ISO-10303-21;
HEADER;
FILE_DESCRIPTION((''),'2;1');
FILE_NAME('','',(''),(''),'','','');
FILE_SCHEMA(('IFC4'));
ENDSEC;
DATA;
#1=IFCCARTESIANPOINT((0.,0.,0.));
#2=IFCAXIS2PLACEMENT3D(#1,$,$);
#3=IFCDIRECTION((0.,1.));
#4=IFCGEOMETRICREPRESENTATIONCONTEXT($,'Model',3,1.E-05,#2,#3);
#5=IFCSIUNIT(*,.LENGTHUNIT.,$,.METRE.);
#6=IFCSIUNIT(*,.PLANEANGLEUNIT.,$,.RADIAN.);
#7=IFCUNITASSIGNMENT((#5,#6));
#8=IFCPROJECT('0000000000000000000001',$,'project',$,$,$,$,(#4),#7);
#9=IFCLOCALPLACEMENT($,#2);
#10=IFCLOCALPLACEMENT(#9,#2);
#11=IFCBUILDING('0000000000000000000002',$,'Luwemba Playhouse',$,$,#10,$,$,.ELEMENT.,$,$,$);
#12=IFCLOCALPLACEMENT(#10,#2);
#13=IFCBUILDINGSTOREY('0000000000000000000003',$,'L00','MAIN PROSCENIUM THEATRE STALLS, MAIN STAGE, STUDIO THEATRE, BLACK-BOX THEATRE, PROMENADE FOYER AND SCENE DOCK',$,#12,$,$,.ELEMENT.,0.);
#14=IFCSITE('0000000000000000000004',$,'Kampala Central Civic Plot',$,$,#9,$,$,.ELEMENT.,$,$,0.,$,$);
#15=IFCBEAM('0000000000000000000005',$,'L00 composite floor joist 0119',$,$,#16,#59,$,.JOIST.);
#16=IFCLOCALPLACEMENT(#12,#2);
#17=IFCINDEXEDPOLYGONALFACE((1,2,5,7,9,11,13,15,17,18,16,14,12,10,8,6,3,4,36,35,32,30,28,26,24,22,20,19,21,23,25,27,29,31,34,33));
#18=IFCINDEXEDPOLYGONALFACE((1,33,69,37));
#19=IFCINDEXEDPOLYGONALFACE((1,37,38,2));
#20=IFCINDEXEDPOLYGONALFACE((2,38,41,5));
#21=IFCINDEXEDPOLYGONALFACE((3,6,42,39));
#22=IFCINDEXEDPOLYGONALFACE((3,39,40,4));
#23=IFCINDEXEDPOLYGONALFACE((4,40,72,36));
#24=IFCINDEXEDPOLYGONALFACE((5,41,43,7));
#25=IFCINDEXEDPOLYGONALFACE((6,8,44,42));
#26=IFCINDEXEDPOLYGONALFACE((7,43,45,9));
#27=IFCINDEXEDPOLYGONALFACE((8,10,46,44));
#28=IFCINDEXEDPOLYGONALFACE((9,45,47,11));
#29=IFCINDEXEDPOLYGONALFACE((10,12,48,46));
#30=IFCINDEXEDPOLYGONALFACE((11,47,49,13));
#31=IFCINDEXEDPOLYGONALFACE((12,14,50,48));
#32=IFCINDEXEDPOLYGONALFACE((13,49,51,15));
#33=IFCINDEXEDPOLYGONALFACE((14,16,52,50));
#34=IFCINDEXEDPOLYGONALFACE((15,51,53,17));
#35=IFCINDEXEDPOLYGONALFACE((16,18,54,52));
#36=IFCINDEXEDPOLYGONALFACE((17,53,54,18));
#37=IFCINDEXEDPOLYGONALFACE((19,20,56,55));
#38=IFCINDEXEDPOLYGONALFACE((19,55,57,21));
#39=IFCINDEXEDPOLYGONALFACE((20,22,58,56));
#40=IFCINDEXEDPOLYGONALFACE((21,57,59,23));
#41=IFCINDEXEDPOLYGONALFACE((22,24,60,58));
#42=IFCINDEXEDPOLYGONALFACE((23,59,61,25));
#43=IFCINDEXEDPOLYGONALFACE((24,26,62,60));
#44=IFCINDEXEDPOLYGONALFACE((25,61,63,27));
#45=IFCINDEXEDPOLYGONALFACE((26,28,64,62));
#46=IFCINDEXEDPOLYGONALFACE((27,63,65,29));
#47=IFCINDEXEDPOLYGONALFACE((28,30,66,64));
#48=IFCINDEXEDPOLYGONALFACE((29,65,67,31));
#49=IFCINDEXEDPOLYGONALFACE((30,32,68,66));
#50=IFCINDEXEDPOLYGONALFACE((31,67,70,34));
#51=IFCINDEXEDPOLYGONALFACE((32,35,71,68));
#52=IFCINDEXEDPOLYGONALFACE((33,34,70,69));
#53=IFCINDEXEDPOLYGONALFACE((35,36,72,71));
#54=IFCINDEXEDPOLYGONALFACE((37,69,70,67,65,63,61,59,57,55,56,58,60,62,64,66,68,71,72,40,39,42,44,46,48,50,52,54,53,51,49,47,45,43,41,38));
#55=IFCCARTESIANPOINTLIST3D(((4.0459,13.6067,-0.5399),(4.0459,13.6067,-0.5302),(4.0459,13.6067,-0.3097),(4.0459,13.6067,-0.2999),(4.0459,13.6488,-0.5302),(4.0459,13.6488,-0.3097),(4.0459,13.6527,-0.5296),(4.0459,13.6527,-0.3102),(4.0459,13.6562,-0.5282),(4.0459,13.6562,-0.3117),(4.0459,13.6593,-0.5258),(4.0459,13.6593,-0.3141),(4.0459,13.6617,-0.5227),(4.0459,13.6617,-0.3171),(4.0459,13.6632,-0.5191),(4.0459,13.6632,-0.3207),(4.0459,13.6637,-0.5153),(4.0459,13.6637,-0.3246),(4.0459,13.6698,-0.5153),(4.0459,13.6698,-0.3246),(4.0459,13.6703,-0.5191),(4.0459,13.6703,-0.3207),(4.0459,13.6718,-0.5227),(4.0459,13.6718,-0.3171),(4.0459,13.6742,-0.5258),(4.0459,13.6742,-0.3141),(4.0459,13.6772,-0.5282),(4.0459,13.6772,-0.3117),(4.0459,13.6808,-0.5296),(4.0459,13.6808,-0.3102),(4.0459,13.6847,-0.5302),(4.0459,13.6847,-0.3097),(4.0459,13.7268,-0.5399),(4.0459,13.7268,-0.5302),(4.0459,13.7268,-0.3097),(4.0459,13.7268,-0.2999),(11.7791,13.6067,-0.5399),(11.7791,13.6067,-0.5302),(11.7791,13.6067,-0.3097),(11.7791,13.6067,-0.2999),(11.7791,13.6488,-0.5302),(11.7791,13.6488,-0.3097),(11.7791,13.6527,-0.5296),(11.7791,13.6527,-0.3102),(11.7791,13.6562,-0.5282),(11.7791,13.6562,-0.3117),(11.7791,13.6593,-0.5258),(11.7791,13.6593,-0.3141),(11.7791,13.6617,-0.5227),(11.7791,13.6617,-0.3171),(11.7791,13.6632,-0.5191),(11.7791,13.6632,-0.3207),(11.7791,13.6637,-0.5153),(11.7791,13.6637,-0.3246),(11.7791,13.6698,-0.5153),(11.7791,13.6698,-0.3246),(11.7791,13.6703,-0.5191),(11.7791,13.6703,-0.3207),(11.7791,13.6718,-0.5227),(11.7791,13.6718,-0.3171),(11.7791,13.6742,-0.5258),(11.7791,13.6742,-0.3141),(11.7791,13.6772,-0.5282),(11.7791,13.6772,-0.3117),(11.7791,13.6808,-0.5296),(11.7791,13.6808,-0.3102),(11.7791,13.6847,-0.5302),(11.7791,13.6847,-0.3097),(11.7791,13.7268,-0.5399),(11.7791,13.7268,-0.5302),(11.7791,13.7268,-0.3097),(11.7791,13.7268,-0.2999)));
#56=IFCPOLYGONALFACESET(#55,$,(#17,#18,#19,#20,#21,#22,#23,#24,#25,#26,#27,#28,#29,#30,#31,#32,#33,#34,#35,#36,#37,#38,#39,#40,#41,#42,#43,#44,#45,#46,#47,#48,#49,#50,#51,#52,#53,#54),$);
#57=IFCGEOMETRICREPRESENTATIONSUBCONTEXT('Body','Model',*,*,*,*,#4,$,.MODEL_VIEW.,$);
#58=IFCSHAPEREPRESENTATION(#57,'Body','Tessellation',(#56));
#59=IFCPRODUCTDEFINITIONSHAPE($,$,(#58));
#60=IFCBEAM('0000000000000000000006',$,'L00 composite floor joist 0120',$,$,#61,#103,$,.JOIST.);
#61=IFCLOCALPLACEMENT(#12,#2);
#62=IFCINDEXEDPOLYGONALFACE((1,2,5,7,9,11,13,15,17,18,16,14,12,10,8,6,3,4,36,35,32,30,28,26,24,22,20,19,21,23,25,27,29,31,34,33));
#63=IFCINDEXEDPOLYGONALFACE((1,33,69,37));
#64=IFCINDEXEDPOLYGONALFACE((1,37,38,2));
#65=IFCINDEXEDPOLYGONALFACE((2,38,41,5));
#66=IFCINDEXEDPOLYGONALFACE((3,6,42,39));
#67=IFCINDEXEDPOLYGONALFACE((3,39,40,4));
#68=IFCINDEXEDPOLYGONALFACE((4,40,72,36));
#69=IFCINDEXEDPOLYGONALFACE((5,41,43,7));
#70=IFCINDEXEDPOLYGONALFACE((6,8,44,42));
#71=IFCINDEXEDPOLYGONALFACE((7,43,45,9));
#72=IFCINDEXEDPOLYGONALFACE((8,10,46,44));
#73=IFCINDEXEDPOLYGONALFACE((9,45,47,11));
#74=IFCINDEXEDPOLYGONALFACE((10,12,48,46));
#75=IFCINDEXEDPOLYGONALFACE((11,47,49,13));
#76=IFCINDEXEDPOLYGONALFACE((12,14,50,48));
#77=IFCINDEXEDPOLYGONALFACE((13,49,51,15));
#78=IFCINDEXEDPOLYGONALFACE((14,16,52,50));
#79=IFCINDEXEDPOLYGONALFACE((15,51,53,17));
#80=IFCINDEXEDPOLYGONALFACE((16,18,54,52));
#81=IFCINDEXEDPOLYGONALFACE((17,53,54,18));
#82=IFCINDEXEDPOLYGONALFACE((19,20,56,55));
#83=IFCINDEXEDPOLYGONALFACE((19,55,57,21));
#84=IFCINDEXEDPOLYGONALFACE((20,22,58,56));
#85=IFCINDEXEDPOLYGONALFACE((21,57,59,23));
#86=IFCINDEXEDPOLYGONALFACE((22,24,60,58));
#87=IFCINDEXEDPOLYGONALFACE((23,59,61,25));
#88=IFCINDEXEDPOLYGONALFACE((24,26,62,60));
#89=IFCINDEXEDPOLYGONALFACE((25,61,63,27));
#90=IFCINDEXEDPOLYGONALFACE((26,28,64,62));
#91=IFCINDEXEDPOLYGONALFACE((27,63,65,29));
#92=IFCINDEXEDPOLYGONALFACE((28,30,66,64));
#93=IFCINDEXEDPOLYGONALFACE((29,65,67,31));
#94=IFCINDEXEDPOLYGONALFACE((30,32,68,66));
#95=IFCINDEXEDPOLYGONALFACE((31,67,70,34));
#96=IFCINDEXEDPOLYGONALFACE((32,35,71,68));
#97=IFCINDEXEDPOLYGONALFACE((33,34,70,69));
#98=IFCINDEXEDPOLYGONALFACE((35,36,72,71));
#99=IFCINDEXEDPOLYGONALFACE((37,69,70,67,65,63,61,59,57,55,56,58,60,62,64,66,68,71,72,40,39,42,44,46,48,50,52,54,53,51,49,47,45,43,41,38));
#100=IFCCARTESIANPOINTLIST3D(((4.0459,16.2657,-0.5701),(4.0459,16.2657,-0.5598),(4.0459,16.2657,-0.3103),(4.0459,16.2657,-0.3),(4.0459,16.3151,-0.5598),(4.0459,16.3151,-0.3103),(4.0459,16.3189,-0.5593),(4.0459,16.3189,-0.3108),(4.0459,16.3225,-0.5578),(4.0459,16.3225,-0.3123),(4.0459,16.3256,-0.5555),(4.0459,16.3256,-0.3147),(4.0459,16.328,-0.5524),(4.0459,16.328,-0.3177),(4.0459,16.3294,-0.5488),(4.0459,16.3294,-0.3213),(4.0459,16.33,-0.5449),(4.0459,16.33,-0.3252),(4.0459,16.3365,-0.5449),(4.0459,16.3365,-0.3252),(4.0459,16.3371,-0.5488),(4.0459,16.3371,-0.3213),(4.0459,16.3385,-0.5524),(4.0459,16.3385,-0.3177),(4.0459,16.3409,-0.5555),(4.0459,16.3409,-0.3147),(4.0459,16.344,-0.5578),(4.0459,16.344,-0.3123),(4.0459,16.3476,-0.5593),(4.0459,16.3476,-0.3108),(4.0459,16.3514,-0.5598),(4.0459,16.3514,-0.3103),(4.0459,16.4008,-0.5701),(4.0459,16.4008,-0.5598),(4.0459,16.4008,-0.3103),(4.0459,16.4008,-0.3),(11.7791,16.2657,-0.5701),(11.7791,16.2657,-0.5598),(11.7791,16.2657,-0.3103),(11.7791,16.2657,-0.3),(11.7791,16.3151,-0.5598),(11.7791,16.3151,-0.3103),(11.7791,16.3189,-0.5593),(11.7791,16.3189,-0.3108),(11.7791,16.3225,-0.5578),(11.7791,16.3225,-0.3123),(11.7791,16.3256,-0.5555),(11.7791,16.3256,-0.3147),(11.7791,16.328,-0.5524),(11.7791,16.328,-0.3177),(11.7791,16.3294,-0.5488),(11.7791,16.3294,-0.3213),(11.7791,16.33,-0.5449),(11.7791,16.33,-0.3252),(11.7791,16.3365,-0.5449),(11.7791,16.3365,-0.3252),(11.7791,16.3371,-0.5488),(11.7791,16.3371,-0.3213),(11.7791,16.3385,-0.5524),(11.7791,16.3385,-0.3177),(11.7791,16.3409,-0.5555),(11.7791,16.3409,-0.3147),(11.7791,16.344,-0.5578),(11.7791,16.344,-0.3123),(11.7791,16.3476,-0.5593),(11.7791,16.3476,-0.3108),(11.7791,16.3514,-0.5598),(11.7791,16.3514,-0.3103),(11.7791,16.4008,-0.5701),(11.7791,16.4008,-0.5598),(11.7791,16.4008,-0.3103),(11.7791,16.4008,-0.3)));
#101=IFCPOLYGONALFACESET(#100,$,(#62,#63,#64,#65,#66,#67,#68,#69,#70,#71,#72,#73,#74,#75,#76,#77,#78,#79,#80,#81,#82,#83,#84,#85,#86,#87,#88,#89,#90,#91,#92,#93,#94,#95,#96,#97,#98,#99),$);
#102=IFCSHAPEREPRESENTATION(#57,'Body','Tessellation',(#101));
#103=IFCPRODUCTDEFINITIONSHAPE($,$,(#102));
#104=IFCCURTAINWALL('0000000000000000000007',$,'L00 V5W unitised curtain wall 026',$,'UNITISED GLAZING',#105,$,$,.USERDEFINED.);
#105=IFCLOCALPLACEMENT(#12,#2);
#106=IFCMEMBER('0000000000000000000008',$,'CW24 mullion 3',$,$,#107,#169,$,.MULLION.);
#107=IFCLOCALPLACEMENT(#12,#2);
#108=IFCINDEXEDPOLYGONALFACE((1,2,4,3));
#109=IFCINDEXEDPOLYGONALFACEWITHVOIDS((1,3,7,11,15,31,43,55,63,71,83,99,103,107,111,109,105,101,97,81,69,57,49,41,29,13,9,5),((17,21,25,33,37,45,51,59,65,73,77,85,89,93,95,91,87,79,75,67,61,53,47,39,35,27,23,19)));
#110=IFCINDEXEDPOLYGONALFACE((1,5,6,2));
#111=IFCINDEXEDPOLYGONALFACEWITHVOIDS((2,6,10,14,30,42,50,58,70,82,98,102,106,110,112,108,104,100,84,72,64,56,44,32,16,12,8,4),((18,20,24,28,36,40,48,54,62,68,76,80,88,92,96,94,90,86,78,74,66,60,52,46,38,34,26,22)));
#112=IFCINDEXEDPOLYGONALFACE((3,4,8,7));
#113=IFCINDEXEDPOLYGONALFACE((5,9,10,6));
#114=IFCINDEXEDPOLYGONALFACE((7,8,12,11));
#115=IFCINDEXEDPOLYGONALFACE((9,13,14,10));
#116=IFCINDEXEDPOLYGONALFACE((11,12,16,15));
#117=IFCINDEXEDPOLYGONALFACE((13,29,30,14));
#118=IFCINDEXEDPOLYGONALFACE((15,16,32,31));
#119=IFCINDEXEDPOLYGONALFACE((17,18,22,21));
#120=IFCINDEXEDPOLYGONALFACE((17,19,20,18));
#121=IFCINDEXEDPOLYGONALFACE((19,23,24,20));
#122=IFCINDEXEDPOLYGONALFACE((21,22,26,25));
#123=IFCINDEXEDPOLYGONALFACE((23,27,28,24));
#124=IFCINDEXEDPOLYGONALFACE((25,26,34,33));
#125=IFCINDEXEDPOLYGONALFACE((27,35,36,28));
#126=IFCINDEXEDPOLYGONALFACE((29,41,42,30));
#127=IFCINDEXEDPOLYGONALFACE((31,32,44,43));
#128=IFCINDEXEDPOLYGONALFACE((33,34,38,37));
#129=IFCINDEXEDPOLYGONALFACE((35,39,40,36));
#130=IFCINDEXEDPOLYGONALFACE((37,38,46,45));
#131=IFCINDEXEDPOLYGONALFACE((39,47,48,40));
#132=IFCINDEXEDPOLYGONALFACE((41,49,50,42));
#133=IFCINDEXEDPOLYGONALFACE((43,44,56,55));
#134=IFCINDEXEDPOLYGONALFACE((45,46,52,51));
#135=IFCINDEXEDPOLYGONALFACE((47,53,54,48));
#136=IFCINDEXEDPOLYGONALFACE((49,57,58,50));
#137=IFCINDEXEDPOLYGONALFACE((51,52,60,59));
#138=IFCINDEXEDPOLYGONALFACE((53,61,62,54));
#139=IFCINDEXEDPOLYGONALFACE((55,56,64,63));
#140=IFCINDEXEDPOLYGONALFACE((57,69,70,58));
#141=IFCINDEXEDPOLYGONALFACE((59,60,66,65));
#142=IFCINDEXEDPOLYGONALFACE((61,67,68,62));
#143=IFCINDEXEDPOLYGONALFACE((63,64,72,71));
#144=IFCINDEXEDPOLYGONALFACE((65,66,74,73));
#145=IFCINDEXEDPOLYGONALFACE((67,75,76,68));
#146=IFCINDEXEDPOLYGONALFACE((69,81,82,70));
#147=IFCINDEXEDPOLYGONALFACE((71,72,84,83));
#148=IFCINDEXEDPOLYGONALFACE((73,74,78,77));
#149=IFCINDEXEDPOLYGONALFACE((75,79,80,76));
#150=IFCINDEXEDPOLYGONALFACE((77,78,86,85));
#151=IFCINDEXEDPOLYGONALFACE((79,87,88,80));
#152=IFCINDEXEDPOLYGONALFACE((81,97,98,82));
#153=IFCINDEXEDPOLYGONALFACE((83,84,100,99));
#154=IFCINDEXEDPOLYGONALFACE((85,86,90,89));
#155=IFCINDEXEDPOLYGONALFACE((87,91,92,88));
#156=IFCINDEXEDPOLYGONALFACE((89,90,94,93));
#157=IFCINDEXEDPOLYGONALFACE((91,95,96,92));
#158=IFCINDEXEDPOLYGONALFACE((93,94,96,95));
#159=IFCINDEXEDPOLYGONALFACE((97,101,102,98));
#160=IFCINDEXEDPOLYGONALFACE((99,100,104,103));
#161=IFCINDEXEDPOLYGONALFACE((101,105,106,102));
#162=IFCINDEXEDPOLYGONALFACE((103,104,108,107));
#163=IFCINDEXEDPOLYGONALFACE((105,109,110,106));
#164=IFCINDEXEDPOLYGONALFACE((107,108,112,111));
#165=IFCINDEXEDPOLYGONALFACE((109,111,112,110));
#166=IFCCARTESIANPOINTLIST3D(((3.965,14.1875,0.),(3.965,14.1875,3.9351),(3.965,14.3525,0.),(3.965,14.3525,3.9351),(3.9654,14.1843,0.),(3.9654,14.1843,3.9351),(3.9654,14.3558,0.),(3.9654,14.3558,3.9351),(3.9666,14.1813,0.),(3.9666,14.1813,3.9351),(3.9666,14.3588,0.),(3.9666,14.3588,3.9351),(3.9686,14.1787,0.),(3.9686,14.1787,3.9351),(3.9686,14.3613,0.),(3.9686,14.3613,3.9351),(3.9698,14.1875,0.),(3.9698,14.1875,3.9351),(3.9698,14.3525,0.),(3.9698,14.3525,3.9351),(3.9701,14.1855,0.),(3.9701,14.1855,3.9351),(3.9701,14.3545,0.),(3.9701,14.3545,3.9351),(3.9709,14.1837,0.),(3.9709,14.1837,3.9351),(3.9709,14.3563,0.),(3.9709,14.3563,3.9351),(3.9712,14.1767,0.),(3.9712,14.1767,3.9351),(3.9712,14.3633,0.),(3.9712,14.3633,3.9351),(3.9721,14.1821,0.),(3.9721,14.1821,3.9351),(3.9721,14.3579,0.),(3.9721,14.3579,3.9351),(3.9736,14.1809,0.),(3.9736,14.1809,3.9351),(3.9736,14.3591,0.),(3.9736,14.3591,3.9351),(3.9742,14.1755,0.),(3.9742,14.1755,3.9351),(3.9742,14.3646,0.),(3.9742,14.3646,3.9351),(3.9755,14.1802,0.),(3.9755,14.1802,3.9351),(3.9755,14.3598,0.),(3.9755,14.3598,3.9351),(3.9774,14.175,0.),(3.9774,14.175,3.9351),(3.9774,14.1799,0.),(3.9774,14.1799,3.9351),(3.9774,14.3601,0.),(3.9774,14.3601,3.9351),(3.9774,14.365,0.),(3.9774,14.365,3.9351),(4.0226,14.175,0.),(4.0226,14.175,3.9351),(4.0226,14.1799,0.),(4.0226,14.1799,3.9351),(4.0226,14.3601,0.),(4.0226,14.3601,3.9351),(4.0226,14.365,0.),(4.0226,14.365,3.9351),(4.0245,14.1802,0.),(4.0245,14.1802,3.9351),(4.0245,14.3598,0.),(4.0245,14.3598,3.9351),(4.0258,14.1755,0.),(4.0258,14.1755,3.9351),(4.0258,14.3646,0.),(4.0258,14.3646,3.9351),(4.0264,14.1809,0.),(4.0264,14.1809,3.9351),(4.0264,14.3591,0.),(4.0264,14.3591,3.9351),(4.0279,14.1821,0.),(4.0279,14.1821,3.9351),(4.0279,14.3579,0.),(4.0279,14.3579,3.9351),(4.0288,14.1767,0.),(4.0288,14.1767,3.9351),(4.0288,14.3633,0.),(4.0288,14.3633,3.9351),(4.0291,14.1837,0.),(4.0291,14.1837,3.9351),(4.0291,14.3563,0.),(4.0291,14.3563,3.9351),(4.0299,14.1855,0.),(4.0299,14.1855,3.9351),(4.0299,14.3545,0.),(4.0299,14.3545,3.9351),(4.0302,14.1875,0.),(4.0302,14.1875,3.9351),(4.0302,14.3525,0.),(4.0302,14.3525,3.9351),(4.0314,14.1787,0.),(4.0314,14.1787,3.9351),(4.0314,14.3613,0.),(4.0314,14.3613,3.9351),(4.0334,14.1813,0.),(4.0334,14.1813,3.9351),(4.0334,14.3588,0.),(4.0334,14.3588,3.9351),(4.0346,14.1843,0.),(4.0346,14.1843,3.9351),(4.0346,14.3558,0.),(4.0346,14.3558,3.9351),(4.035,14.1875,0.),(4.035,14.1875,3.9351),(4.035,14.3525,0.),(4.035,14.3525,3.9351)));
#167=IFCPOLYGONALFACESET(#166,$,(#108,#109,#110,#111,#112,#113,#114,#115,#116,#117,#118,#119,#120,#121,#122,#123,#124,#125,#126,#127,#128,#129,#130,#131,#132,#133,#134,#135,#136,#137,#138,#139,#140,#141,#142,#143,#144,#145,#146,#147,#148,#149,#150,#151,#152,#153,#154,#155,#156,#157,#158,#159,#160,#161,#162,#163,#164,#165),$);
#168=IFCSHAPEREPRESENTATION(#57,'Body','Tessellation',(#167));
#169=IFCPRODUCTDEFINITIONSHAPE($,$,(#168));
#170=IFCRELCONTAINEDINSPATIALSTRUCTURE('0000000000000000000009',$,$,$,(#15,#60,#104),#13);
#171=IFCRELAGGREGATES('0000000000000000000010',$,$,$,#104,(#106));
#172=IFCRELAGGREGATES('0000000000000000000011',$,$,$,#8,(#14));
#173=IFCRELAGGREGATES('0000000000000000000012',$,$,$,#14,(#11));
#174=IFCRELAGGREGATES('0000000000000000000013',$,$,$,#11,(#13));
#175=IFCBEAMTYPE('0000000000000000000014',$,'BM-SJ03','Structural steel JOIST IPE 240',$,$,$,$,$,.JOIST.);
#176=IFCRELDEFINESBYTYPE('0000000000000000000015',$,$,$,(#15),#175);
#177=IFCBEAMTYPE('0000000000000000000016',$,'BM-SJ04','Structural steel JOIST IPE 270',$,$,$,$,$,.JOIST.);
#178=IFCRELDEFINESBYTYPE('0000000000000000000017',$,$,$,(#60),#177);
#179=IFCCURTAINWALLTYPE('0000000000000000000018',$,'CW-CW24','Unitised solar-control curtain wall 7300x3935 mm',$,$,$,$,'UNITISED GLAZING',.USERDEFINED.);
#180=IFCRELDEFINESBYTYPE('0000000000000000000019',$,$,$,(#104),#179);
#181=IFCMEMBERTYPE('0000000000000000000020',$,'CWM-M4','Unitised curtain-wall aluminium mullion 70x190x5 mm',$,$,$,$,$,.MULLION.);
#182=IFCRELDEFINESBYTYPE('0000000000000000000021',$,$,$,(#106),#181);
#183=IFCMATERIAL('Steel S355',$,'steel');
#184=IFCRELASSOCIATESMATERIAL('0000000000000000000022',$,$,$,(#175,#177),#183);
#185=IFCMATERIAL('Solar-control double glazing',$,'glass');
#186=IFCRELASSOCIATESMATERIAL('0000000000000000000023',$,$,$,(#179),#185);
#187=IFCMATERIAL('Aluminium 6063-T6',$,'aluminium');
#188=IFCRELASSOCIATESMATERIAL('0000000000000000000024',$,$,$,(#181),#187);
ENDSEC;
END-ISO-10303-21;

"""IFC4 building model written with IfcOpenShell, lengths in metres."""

from ifc_helpers import new_model, si_unit, direction, frame, origin, origin_2d, place, context, subcontext, project, spatial, hollow_rectangle, i_section, extrude, material, material_profile, profile_set, type_object, element, aggregate, save


model = new_model("IFC4")

# Units and contexts
model_context = context("Model", 3, precision=1e-05, world=origin(), true_north=direction((0.0, 1.0)))
body_context = subcontext(model_context, "Body", "Model", "MODEL_VIEW")
ifc_project = project(units=[si_unit("LENGTHUNIT", "METRE"), si_unit("PLANEANGLEUNIT", "RADIAN")], contexts=[model_context])

# Site, building, storey
site_placement = place(None, origin())
site = spatial("IfcSite", under=ifc_project, at=site_placement, Name="Kampala Central Civic Plot", CompositionType="ELEMENT", RefElevation=0.0)
building_placement = place(site_placement, origin())
building = spatial("IfcBuilding", under=site, at=building_placement, Name="Luwemba Playhouse", CompositionType="ELEMENT")
storey_placement = place(building_placement, origin())
storey = spatial("IfcBuildingStorey", under=building, at=storey_placement, Name="L00", Description="MAIN PROSCENIUM THEATRE STALLS, MAIN STAGE, STUDIO THEATRE, BLACK-BOX THEATRE, PROMENADE FOYER AND SCENE DOCK", CompositionType="ELEMENT", Elevation=0.0)

# Beams
ifc_material_1 = material(Name="Steel S355", Category="steel")
ifc_material_profile_1 = material_profile(ifc_material_1, i_section(OverallWidth=0.1201, OverallDepth=0.24, WebThickness=0.0061, FlangeThickness=0.0098, FilletRadius=0.0149, at=origin_2d()))
ifc_profile_set_1 = profile_set([ifc_material_profile_1], Name="Steel S355")
beam_type_1 = type_object("IfcBeamType", Name="BM-SJ03", Description="Structural steel JOIST IPE 240", PredefinedType="JOIST", material=ifc_profile_set_1)
beam_1_placement = place(storey_placement, frame((4.0459, 13.6667, -0.4199), z_axis=(1.0, 0.0, 0.0), x_axis=(0.0, 1.0, 0.0)))
element("IfcBeam", 1, at=beam_1_placement, inside=storey, type_object=beam_type_1, Name="L00 composite floor joist 0119", PredefinedType="JOIST", context=body_context, shape_type="SweptSolid", body=[
    extrude(i_section(OverallWidth=0.1201, OverallDepth=0.24, WebThickness=0.0061, FlangeThickness=0.0098, FilletRadius=0.0149, at=origin_2d()), origin(), (0.0, 0.0, 1.0), 7.7332),
])
ifc_material_profile_2 = material_profile(ifc_material_1, i_section(OverallWidth=0.135, OverallDepth=0.27, WebThickness=0.0066, FlangeThickness=0.0103, FilletRadius=0.0149, at=origin_2d()))
ifc_profile_set_2 = profile_set([ifc_material_profile_2], Name="Steel S355")
beam_type_2 = type_object("IfcBeamType", Name="BM-SJ04", Description="Structural steel JOIST IPE 270", PredefinedType="JOIST", material=ifc_profile_set_2)
beam_2_placement = place(storey_placement, frame((4.0459, 16.3333, -0.4351), z_axis=(1.0, 0.0, 0.0), x_axis=(0.0, 1.0, 0.0)))
element("IfcBeam", 2, at=beam_2_placement, inside=storey, type_object=beam_type_2, Name="L00 composite floor joist 0120", PredefinedType="JOIST", context=body_context, shape_type="SweptSolid", body=[
    extrude(i_section(OverallWidth=0.135, OverallDepth=0.27, WebThickness=0.0066, FlangeThickness=0.0103, FilletRadius=0.0149, at=origin_2d()), origin(), (0.0, 0.0, 1.0), 7.7332),
])

# Curtain wall, member
ifc_material_2 = material(Name="Solar-control double glazing", Category="glass")
curtain_wall_type = type_object("IfcCurtainWallType", Name="CW-CW24", Description="Unitised solar-control curtain wall 7300x3935 mm", ElementType="UNITISED GLAZING", PredefinedType="USERDEFINED", material=ifc_material_2)
curtain_wall_placement = place(storey_placement, origin())
curtain_wall = element("IfcCurtainWall", 3, at=curtain_wall_placement, inside=storey, type_object=curtain_wall_type, Name="L00 V5W unitised curtain wall 026", ObjectType="UNITISED GLAZING", PredefinedType="USERDEFINED")
ifc_material_3 = material(Name="Aluminium 6063-T6", Category="aluminium")
ifc_material_profile_3 = material_profile(ifc_material_3, hollow_rectangle(XDim=0.0701, YDim=0.1899, WallThickness=0.0049, InnerFilletRadius=0.0076, OuterFilletRadius=0.0125, at=origin_2d()))
ifc_profile_set_3 = profile_set([ifc_material_profile_3], Name="Aluminium 6063-T6")
member_type_1 = type_object("IfcMemberType", Name="CWM-M4", Description="Unitised curtain-wall aluminium mullion 70x190x5 mm", PredefinedType="MULLION", material=ifc_profile_set_3)
member_1_placement = place(storey_placement, frame((4.0, 14.27, 0.0), z_axis=(0.0, 0.0, 1.0), x_axis=(-1.0, 0.0, 0.0)))
member_1 = element("IfcMember", 4, at=member_1_placement, type_object=member_type_1, Name="CW24 mullion 3", PredefinedType="MULLION", context=body_context, shape_type="SweptSolid", body=[
    extrude(hollow_rectangle(XDim=0.0701, YDim=0.1899, WallThickness=0.0049, InnerFilletRadius=0.0076, OuterFilletRadius=0.0125, at=origin_2d()), origin(), (0.0, 0.0, 1.0), 3.9351),
])
aggregate(curtain_wall, [member_1])

save(model, "model.ifc")
